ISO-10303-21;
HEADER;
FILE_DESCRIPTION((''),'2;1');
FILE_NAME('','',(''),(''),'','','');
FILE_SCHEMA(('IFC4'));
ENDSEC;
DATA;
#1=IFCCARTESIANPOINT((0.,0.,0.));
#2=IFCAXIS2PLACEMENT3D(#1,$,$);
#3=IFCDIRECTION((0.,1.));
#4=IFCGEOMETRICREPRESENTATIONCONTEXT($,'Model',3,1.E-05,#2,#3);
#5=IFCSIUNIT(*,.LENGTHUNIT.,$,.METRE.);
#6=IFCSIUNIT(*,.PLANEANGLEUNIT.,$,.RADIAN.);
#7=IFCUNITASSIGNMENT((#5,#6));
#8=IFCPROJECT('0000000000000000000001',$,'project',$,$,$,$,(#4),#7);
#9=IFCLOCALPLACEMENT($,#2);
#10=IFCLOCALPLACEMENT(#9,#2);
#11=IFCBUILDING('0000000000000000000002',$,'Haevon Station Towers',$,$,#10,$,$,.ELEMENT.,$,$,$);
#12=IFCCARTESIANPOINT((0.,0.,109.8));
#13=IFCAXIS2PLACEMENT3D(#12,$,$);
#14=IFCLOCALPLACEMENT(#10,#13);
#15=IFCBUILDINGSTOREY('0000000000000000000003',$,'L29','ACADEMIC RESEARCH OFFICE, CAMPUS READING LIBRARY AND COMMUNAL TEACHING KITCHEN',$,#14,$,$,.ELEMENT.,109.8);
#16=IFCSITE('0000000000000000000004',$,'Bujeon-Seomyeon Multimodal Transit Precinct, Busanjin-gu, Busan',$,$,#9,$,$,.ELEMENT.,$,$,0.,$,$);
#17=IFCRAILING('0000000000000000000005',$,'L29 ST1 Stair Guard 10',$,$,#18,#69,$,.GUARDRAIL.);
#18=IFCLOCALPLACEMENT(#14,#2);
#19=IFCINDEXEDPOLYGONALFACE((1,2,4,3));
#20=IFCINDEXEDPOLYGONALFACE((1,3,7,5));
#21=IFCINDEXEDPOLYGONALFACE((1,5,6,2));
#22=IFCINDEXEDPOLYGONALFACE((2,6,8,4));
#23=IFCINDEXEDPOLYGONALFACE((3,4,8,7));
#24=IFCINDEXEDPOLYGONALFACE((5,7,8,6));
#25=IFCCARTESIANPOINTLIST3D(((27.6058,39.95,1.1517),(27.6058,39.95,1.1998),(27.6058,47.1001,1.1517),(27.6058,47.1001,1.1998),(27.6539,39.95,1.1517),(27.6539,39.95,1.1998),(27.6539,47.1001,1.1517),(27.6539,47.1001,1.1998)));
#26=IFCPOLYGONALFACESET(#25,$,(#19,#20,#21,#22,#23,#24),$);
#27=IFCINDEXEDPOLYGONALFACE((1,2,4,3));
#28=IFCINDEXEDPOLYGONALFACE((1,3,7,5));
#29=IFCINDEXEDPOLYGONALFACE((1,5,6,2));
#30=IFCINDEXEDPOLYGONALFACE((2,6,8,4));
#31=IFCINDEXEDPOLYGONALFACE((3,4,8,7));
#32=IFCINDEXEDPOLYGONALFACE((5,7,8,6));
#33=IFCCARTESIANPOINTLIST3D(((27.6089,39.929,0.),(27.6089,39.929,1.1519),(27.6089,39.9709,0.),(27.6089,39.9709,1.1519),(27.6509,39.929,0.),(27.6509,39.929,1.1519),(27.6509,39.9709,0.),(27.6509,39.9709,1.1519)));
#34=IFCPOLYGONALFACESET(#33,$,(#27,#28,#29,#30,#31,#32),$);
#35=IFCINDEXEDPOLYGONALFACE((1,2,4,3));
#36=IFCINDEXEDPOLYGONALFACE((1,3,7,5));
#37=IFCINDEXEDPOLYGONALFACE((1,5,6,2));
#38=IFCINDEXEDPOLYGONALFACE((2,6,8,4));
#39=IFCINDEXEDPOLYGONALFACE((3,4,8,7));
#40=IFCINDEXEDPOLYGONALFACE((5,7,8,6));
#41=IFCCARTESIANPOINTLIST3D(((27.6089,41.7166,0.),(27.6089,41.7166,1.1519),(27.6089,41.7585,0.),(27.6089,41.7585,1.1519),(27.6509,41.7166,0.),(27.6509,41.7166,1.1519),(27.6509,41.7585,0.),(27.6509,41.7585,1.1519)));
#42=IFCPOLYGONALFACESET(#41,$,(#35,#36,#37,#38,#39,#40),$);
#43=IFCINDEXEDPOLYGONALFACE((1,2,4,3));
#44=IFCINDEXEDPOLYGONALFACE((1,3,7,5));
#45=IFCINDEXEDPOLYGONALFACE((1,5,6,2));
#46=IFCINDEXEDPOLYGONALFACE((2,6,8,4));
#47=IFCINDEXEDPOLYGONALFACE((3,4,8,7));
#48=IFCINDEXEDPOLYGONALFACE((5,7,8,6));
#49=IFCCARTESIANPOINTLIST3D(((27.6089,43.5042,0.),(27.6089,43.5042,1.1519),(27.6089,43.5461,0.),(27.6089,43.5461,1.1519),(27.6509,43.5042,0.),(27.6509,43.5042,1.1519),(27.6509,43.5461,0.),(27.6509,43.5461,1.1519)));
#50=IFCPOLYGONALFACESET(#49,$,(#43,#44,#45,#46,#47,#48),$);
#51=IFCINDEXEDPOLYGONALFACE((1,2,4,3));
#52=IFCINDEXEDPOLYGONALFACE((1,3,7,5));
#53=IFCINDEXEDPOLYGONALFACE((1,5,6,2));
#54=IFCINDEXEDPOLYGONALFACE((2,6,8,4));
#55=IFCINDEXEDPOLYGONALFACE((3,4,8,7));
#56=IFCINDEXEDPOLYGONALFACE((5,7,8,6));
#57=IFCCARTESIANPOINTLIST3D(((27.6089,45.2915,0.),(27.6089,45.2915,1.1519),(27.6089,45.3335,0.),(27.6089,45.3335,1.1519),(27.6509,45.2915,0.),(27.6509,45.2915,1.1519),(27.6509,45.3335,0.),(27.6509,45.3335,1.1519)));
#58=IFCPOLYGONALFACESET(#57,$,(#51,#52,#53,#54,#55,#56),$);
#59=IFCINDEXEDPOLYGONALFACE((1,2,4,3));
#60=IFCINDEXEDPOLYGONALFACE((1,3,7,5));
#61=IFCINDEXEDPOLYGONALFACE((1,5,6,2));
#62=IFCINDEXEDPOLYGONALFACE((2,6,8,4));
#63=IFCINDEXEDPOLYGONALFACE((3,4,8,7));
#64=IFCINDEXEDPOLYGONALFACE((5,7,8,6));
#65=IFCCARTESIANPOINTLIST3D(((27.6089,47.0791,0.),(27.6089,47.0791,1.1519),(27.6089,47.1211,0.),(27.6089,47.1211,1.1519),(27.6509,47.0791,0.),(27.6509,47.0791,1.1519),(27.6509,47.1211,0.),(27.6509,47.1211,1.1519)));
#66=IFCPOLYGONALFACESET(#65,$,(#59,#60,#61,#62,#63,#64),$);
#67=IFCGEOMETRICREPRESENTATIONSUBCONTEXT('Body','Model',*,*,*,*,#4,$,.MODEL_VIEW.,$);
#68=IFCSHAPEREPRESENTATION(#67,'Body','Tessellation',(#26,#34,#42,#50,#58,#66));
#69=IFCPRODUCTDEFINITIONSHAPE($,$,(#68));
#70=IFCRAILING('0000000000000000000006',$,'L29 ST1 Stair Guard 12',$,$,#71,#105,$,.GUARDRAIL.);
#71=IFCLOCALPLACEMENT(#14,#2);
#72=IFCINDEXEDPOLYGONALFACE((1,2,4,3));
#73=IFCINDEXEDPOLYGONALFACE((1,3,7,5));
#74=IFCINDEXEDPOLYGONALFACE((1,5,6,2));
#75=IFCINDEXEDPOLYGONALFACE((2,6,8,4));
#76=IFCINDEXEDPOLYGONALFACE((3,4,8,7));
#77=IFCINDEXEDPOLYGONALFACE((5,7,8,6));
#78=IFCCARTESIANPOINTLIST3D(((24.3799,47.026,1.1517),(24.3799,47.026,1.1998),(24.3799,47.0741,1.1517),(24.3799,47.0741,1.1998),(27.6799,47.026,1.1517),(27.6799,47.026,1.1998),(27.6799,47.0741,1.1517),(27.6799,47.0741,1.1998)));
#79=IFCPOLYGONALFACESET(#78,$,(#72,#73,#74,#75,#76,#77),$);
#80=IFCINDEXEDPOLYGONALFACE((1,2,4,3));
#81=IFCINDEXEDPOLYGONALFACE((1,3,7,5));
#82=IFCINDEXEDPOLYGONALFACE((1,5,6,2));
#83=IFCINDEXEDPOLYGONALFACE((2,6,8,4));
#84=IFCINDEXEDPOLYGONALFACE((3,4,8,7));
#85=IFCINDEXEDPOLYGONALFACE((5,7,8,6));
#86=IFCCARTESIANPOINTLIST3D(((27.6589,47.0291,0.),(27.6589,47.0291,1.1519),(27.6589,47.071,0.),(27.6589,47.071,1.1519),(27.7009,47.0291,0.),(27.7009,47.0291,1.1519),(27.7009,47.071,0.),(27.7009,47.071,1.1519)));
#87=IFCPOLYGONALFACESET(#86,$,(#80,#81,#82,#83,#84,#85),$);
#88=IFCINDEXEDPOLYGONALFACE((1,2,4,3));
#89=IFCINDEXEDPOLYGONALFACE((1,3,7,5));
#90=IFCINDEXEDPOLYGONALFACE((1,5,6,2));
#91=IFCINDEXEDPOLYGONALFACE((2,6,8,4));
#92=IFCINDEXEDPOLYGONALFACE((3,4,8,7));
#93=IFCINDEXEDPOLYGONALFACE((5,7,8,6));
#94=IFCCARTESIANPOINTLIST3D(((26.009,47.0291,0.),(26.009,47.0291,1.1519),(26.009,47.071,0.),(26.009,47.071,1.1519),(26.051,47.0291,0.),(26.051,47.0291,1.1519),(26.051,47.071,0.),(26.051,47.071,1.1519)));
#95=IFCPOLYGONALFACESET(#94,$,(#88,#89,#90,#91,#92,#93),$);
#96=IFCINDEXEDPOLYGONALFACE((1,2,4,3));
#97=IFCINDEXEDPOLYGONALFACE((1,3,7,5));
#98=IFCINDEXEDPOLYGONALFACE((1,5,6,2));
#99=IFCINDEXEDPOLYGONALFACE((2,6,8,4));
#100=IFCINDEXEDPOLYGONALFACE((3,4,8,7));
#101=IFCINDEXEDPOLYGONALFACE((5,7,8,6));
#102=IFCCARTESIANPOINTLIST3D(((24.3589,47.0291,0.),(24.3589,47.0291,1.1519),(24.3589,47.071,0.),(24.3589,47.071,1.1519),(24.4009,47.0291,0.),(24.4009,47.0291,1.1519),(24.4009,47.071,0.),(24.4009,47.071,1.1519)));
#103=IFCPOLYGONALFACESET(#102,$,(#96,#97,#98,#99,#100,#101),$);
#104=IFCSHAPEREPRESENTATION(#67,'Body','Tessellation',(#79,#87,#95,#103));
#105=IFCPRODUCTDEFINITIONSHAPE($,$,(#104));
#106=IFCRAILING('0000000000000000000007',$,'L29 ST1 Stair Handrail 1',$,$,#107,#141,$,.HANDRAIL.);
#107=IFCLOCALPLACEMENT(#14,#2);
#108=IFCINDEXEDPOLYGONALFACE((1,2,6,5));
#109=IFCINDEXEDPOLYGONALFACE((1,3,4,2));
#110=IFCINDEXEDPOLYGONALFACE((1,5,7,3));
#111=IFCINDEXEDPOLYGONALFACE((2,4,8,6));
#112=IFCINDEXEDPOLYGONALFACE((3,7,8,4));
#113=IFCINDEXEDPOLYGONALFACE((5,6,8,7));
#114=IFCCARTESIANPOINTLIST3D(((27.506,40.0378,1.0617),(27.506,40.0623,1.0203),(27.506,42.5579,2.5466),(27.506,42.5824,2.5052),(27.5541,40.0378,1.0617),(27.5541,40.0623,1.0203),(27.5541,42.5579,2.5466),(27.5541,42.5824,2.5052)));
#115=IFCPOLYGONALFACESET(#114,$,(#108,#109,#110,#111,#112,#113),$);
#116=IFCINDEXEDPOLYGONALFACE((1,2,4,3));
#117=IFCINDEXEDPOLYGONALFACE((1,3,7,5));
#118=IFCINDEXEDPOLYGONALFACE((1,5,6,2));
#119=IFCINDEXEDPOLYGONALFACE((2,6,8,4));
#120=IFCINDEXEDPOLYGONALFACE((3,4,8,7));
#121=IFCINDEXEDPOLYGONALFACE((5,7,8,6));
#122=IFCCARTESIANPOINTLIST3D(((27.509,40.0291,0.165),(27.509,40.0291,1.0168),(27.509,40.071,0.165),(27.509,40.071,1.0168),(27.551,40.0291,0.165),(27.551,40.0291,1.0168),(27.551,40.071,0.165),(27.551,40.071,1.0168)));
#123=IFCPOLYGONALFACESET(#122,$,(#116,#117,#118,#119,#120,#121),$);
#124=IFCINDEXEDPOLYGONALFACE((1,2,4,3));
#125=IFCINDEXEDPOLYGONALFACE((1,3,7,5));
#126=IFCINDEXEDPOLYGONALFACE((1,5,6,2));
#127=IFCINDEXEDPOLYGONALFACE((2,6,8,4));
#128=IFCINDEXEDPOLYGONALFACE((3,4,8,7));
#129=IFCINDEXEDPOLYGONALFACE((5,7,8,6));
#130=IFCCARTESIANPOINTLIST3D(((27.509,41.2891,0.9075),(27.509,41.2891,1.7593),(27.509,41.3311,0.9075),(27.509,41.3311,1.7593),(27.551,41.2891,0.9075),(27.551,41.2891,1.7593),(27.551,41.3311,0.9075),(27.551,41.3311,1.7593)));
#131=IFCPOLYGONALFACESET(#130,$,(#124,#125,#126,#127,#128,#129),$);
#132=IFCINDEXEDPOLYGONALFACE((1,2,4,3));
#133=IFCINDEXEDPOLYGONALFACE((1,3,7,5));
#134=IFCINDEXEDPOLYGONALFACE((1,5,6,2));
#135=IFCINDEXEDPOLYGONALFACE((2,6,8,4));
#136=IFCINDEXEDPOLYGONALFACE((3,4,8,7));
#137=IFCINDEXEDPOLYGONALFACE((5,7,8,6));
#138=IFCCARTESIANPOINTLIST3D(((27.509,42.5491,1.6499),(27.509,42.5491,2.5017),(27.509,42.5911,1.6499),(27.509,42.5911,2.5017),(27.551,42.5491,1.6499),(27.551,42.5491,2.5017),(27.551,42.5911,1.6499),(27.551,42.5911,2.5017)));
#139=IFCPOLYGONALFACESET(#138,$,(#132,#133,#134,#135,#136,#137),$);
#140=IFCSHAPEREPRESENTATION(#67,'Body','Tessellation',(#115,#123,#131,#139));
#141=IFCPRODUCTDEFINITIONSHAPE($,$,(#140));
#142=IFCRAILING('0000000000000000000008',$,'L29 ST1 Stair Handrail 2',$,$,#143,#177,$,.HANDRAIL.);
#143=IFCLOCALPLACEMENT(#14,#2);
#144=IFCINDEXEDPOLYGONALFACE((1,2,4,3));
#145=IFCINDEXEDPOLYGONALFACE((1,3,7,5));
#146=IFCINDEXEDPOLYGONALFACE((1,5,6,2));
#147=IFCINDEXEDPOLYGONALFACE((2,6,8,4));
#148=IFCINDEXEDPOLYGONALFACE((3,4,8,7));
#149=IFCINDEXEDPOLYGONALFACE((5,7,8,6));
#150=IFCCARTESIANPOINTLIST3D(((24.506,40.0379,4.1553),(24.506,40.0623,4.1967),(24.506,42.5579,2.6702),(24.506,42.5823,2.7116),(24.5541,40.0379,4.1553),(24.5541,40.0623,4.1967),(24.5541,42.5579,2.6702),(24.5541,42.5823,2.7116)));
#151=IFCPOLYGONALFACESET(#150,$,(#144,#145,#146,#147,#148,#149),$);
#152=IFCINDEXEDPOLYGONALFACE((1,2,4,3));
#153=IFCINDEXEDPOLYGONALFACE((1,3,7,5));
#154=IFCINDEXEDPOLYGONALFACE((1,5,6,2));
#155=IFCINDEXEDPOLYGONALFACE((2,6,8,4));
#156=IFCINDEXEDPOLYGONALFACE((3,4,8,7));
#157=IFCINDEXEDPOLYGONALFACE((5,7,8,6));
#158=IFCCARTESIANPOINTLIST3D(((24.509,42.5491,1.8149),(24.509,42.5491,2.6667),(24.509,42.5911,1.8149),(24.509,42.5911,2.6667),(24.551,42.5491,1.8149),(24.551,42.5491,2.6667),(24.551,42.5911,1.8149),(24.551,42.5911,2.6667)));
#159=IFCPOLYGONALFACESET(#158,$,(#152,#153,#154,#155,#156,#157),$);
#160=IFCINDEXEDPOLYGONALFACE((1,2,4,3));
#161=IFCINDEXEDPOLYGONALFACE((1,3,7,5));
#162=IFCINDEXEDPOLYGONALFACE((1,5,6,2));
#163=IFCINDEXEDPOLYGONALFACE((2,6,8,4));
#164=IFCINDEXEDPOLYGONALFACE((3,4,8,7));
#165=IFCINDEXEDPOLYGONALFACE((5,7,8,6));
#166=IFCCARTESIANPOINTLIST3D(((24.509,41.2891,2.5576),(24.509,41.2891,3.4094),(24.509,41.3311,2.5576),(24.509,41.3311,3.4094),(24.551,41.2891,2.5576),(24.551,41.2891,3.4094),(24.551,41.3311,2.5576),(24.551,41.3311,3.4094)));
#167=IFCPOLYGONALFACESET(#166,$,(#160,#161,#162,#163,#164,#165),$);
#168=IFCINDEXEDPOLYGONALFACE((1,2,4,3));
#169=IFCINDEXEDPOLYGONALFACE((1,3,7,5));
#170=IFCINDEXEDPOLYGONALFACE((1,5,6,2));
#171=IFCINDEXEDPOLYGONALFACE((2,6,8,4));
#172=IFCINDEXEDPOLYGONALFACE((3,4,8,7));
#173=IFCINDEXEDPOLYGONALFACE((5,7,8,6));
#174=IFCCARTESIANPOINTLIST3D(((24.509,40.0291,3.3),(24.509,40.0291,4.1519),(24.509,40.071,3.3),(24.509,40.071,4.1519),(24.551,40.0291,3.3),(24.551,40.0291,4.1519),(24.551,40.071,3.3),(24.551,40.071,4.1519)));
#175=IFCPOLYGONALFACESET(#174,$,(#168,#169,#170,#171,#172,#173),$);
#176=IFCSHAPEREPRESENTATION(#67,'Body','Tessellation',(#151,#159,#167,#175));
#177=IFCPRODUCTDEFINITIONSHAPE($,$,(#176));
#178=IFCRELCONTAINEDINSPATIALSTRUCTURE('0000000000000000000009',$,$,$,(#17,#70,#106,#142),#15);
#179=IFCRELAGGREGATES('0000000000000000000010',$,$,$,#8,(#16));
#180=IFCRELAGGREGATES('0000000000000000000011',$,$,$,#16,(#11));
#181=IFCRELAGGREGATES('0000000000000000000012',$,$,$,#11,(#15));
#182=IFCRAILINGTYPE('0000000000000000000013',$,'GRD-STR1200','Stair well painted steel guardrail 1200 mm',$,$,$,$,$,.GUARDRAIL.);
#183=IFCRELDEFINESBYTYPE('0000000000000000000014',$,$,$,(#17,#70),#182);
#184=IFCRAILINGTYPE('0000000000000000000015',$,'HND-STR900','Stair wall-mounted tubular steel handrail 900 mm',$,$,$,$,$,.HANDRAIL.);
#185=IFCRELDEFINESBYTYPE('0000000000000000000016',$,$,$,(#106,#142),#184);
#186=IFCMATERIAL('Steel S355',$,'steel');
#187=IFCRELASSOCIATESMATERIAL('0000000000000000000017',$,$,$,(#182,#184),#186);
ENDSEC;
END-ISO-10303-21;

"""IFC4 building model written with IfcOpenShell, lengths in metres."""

from ifc_helpers import new_model, si_unit, direction, frame, origin, origin_2d, place, context, subcontext, project, spatial, rectangle, extrude, material, type_object, element, save


model = new_model("IFC4")

# Units and contexts
model_context = context("Model", 3, precision=1e-05, world=origin(), true_north=direction((0.0, 1.0)))
body_context = subcontext(model_context, "Body", "Model", "MODEL_VIEW")
ifc_project = project(units=[si_unit("LENGTHUNIT", "METRE"), si_unit("PLANEANGLEUNIT", "RADIAN")], contexts=[model_context])

# Site, building, storey
site_placement = place(None, origin())
site = spatial("IfcSite", under=ifc_project, at=site_placement, Name="Bujeon-Seomyeon Multimodal Transit Precinct, Busanjin-gu, Busan", CompositionType="ELEMENT", RefElevation=0.0)
building_placement = place(site_placement, origin())
building = spatial("IfcBuilding", under=site, at=building_placement, Name="Haevon Station Towers", CompositionType="ELEMENT")
storey_placement = place(building_placement, frame((0.0, 0.0, 109.8)))
storey = spatial("IfcBuildingStorey", under=building, at=storey_placement, Name="L29", Description="ACADEMIC RESEARCH OFFICE, CAMPUS READING LIBRARY AND COMMUNAL TEACHING KITCHEN", CompositionType="ELEMENT", Elevation=109.8)

# Shared definitions
ifc_material_1 = material(Name="Steel S355", Category="steel")

# Railings
railing_type_1 = type_object("IfcRailingType", Name="GRD-STR1200", Description="Stair well painted steel guardrail 1200 mm", PredefinedType="GUARDRAIL", material=ifc_material_1)
railing_1_placement = place(storey_placement, frame((27.6299, 39.95, 0.0)))
element("IfcRailing", 1, at=railing_1_placement, inside=storey, type_object=railing_type_1, Name="L29 ST1 Stair Guard 10", PredefinedType="GUARDRAIL", context=body_context, shape_type="SweptSolid", body=[
    extrude(rectangle(XDim=0.0481, YDim=0.0481, at=origin_2d()), frame((0.0, 0.0, 1.1758), z_axis=(0.0, 1.0, 0.0), x_axis=(-1.0, 0.0, 0.0)), (0.0, 0.0, 1.0), 7.1501),
    extrude(rectangle(XDim=0.042, YDim=0.042, at=origin_2d()), origin(), (0.0, 0.0, 1.0), 1.1519),
    extrude(rectangle(XDim=0.042, YDim=0.042, at=origin_2d()), frame((0.0, 1.7876, 0.0)), (0.0, 0.0, 1.0), 1.1519),
    extrude(rectangle(XDim=0.042, YDim=0.042, at=origin_2d()), frame((0.0, 3.5752, 0.0)), (0.0, 0.0, 1.0), 1.1519),
    extrude(rectangle(XDim=0.042, YDim=0.042, at=origin_2d()), frame((0.0, 5.3625, 0.0)), (0.0, 0.0, 1.0), 1.1519),
    extrude(rectangle(XDim=0.042, YDim=0.042, at=origin_2d()), frame((0.0, 7.1501, 0.0)), (0.0, 0.0, 1.0), 1.1519),
])
railing_2_placement = place(storey_placement, frame((27.6799, 47.05, 0.0)))
element("IfcRailing", 2, at=railing_2_placement, inside=storey, type_object=railing_type_1, Name="L29 ST1 Stair Guard 12", PredefinedType="GUARDRAIL", context=body_context, shape_type="SweptSolid", body=[
    extrude(rectangle(XDim=0.0481, YDim=0.0481, at=origin_2d()), frame((0.0, 0.0, 1.1758), z_axis=(-1.0, 0.0, 0.0), x_axis=(0.0, -1.0, 0.0)), (0.0, 0.0, 1.0), 3.3),
    extrude(rectangle(XDim=0.042, YDim=0.042, at=origin_2d()), origin(), (0.0, 0.0, 1.0), 1.1519),
    extrude(rectangle(XDim=0.042, YDim=0.042, at=origin_2d()), frame((-1.6499, 0.0, 0.0)), (0.0, 0.0, 1.0), 1.1519),
    extrude(rectangle(XDim=0.042, YDim=0.042, at=origin_2d()), frame((-3.3, 0.0, 0.0)), (0.0, 0.0, 1.0), 1.1519),
])
railing_type_2 = type_object("IfcRailingType", Name="HND-STR900", Description="Stair wall-mounted tubular steel handrail 900 mm", PredefinedType="HANDRAIL", material=ifc_material_1)
railing_3_placement = place(storey_placement, frame((27.53, 40.05, 0.165)))
element("IfcRailing", 3, at=railing_3_placement, inside=storey, type_object=railing_type_2, Name="L29 ST1 Stair Handrail 1", PredefinedType="HANDRAIL", context=body_context, shape_type="SweptSolid", body=[
    extrude(rectangle(XDim=0.0481, YDim=0.0481, at=origin_2d()), frame((0.0, 0.0, 0.876), z_axis=(0.0, 0.861561, 0.507655), x_axis=(-1.0, 0.0, 0.0)), (0.0, 0.0, 1.0), 2.925),
    extrude(rectangle(XDim=0.042, YDim=0.042, at=origin_2d()), origin(), (0.0, 0.0, 1.0), 0.8518),
    extrude(rectangle(XDim=0.042, YDim=0.042, at=origin_2d()), frame((0.0, 1.26, 0.7424)), (0.0, 0.0, 1.0), 0.8518),
    extrude(rectangle(XDim=0.042, YDim=0.042, at=origin_2d()), frame((0.0, 2.52, 1.4849)), (0.0, 0.0, 1.0), 0.8518),
])
railing_4_placement = place(storey_placement, frame((24.53, 42.5701, 1.8149)))
element("IfcRailing", 4, at=railing_4_placement, inside=storey, type_object=railing_type_2, Name="L29 ST1 Stair Handrail 2", PredefinedType="HANDRAIL", context=body_context, shape_type="SweptSolid", body=[
    extrude(rectangle(XDim=0.0481, YDim=0.0481, at=origin_2d()), frame((0.0, 0.0, 0.876), z_axis=(0.0, -0.861524, 0.507717), x_axis=(1.0, 0.0, 0.0)), (0.0, 0.0, 1.0), 2.925),
    extrude(rectangle(XDim=0.042, YDim=0.042, at=origin_2d()), origin(), (0.0, 0.0, 1.0), 0.8518),
    extrude(rectangle(XDim=0.042, YDim=0.042, at=origin_2d()), frame((0.0, -1.26, 0.7427)), (0.0, 0.0, 1.0), 0.8518),
    extrude(rectangle(XDim=0.042, YDim=0.042, at=origin_2d()), frame((0.0, -2.52, 1.4851)), (0.0, 0.0, 1.0), 0.8518),
])

save(model, "model.ifc")
